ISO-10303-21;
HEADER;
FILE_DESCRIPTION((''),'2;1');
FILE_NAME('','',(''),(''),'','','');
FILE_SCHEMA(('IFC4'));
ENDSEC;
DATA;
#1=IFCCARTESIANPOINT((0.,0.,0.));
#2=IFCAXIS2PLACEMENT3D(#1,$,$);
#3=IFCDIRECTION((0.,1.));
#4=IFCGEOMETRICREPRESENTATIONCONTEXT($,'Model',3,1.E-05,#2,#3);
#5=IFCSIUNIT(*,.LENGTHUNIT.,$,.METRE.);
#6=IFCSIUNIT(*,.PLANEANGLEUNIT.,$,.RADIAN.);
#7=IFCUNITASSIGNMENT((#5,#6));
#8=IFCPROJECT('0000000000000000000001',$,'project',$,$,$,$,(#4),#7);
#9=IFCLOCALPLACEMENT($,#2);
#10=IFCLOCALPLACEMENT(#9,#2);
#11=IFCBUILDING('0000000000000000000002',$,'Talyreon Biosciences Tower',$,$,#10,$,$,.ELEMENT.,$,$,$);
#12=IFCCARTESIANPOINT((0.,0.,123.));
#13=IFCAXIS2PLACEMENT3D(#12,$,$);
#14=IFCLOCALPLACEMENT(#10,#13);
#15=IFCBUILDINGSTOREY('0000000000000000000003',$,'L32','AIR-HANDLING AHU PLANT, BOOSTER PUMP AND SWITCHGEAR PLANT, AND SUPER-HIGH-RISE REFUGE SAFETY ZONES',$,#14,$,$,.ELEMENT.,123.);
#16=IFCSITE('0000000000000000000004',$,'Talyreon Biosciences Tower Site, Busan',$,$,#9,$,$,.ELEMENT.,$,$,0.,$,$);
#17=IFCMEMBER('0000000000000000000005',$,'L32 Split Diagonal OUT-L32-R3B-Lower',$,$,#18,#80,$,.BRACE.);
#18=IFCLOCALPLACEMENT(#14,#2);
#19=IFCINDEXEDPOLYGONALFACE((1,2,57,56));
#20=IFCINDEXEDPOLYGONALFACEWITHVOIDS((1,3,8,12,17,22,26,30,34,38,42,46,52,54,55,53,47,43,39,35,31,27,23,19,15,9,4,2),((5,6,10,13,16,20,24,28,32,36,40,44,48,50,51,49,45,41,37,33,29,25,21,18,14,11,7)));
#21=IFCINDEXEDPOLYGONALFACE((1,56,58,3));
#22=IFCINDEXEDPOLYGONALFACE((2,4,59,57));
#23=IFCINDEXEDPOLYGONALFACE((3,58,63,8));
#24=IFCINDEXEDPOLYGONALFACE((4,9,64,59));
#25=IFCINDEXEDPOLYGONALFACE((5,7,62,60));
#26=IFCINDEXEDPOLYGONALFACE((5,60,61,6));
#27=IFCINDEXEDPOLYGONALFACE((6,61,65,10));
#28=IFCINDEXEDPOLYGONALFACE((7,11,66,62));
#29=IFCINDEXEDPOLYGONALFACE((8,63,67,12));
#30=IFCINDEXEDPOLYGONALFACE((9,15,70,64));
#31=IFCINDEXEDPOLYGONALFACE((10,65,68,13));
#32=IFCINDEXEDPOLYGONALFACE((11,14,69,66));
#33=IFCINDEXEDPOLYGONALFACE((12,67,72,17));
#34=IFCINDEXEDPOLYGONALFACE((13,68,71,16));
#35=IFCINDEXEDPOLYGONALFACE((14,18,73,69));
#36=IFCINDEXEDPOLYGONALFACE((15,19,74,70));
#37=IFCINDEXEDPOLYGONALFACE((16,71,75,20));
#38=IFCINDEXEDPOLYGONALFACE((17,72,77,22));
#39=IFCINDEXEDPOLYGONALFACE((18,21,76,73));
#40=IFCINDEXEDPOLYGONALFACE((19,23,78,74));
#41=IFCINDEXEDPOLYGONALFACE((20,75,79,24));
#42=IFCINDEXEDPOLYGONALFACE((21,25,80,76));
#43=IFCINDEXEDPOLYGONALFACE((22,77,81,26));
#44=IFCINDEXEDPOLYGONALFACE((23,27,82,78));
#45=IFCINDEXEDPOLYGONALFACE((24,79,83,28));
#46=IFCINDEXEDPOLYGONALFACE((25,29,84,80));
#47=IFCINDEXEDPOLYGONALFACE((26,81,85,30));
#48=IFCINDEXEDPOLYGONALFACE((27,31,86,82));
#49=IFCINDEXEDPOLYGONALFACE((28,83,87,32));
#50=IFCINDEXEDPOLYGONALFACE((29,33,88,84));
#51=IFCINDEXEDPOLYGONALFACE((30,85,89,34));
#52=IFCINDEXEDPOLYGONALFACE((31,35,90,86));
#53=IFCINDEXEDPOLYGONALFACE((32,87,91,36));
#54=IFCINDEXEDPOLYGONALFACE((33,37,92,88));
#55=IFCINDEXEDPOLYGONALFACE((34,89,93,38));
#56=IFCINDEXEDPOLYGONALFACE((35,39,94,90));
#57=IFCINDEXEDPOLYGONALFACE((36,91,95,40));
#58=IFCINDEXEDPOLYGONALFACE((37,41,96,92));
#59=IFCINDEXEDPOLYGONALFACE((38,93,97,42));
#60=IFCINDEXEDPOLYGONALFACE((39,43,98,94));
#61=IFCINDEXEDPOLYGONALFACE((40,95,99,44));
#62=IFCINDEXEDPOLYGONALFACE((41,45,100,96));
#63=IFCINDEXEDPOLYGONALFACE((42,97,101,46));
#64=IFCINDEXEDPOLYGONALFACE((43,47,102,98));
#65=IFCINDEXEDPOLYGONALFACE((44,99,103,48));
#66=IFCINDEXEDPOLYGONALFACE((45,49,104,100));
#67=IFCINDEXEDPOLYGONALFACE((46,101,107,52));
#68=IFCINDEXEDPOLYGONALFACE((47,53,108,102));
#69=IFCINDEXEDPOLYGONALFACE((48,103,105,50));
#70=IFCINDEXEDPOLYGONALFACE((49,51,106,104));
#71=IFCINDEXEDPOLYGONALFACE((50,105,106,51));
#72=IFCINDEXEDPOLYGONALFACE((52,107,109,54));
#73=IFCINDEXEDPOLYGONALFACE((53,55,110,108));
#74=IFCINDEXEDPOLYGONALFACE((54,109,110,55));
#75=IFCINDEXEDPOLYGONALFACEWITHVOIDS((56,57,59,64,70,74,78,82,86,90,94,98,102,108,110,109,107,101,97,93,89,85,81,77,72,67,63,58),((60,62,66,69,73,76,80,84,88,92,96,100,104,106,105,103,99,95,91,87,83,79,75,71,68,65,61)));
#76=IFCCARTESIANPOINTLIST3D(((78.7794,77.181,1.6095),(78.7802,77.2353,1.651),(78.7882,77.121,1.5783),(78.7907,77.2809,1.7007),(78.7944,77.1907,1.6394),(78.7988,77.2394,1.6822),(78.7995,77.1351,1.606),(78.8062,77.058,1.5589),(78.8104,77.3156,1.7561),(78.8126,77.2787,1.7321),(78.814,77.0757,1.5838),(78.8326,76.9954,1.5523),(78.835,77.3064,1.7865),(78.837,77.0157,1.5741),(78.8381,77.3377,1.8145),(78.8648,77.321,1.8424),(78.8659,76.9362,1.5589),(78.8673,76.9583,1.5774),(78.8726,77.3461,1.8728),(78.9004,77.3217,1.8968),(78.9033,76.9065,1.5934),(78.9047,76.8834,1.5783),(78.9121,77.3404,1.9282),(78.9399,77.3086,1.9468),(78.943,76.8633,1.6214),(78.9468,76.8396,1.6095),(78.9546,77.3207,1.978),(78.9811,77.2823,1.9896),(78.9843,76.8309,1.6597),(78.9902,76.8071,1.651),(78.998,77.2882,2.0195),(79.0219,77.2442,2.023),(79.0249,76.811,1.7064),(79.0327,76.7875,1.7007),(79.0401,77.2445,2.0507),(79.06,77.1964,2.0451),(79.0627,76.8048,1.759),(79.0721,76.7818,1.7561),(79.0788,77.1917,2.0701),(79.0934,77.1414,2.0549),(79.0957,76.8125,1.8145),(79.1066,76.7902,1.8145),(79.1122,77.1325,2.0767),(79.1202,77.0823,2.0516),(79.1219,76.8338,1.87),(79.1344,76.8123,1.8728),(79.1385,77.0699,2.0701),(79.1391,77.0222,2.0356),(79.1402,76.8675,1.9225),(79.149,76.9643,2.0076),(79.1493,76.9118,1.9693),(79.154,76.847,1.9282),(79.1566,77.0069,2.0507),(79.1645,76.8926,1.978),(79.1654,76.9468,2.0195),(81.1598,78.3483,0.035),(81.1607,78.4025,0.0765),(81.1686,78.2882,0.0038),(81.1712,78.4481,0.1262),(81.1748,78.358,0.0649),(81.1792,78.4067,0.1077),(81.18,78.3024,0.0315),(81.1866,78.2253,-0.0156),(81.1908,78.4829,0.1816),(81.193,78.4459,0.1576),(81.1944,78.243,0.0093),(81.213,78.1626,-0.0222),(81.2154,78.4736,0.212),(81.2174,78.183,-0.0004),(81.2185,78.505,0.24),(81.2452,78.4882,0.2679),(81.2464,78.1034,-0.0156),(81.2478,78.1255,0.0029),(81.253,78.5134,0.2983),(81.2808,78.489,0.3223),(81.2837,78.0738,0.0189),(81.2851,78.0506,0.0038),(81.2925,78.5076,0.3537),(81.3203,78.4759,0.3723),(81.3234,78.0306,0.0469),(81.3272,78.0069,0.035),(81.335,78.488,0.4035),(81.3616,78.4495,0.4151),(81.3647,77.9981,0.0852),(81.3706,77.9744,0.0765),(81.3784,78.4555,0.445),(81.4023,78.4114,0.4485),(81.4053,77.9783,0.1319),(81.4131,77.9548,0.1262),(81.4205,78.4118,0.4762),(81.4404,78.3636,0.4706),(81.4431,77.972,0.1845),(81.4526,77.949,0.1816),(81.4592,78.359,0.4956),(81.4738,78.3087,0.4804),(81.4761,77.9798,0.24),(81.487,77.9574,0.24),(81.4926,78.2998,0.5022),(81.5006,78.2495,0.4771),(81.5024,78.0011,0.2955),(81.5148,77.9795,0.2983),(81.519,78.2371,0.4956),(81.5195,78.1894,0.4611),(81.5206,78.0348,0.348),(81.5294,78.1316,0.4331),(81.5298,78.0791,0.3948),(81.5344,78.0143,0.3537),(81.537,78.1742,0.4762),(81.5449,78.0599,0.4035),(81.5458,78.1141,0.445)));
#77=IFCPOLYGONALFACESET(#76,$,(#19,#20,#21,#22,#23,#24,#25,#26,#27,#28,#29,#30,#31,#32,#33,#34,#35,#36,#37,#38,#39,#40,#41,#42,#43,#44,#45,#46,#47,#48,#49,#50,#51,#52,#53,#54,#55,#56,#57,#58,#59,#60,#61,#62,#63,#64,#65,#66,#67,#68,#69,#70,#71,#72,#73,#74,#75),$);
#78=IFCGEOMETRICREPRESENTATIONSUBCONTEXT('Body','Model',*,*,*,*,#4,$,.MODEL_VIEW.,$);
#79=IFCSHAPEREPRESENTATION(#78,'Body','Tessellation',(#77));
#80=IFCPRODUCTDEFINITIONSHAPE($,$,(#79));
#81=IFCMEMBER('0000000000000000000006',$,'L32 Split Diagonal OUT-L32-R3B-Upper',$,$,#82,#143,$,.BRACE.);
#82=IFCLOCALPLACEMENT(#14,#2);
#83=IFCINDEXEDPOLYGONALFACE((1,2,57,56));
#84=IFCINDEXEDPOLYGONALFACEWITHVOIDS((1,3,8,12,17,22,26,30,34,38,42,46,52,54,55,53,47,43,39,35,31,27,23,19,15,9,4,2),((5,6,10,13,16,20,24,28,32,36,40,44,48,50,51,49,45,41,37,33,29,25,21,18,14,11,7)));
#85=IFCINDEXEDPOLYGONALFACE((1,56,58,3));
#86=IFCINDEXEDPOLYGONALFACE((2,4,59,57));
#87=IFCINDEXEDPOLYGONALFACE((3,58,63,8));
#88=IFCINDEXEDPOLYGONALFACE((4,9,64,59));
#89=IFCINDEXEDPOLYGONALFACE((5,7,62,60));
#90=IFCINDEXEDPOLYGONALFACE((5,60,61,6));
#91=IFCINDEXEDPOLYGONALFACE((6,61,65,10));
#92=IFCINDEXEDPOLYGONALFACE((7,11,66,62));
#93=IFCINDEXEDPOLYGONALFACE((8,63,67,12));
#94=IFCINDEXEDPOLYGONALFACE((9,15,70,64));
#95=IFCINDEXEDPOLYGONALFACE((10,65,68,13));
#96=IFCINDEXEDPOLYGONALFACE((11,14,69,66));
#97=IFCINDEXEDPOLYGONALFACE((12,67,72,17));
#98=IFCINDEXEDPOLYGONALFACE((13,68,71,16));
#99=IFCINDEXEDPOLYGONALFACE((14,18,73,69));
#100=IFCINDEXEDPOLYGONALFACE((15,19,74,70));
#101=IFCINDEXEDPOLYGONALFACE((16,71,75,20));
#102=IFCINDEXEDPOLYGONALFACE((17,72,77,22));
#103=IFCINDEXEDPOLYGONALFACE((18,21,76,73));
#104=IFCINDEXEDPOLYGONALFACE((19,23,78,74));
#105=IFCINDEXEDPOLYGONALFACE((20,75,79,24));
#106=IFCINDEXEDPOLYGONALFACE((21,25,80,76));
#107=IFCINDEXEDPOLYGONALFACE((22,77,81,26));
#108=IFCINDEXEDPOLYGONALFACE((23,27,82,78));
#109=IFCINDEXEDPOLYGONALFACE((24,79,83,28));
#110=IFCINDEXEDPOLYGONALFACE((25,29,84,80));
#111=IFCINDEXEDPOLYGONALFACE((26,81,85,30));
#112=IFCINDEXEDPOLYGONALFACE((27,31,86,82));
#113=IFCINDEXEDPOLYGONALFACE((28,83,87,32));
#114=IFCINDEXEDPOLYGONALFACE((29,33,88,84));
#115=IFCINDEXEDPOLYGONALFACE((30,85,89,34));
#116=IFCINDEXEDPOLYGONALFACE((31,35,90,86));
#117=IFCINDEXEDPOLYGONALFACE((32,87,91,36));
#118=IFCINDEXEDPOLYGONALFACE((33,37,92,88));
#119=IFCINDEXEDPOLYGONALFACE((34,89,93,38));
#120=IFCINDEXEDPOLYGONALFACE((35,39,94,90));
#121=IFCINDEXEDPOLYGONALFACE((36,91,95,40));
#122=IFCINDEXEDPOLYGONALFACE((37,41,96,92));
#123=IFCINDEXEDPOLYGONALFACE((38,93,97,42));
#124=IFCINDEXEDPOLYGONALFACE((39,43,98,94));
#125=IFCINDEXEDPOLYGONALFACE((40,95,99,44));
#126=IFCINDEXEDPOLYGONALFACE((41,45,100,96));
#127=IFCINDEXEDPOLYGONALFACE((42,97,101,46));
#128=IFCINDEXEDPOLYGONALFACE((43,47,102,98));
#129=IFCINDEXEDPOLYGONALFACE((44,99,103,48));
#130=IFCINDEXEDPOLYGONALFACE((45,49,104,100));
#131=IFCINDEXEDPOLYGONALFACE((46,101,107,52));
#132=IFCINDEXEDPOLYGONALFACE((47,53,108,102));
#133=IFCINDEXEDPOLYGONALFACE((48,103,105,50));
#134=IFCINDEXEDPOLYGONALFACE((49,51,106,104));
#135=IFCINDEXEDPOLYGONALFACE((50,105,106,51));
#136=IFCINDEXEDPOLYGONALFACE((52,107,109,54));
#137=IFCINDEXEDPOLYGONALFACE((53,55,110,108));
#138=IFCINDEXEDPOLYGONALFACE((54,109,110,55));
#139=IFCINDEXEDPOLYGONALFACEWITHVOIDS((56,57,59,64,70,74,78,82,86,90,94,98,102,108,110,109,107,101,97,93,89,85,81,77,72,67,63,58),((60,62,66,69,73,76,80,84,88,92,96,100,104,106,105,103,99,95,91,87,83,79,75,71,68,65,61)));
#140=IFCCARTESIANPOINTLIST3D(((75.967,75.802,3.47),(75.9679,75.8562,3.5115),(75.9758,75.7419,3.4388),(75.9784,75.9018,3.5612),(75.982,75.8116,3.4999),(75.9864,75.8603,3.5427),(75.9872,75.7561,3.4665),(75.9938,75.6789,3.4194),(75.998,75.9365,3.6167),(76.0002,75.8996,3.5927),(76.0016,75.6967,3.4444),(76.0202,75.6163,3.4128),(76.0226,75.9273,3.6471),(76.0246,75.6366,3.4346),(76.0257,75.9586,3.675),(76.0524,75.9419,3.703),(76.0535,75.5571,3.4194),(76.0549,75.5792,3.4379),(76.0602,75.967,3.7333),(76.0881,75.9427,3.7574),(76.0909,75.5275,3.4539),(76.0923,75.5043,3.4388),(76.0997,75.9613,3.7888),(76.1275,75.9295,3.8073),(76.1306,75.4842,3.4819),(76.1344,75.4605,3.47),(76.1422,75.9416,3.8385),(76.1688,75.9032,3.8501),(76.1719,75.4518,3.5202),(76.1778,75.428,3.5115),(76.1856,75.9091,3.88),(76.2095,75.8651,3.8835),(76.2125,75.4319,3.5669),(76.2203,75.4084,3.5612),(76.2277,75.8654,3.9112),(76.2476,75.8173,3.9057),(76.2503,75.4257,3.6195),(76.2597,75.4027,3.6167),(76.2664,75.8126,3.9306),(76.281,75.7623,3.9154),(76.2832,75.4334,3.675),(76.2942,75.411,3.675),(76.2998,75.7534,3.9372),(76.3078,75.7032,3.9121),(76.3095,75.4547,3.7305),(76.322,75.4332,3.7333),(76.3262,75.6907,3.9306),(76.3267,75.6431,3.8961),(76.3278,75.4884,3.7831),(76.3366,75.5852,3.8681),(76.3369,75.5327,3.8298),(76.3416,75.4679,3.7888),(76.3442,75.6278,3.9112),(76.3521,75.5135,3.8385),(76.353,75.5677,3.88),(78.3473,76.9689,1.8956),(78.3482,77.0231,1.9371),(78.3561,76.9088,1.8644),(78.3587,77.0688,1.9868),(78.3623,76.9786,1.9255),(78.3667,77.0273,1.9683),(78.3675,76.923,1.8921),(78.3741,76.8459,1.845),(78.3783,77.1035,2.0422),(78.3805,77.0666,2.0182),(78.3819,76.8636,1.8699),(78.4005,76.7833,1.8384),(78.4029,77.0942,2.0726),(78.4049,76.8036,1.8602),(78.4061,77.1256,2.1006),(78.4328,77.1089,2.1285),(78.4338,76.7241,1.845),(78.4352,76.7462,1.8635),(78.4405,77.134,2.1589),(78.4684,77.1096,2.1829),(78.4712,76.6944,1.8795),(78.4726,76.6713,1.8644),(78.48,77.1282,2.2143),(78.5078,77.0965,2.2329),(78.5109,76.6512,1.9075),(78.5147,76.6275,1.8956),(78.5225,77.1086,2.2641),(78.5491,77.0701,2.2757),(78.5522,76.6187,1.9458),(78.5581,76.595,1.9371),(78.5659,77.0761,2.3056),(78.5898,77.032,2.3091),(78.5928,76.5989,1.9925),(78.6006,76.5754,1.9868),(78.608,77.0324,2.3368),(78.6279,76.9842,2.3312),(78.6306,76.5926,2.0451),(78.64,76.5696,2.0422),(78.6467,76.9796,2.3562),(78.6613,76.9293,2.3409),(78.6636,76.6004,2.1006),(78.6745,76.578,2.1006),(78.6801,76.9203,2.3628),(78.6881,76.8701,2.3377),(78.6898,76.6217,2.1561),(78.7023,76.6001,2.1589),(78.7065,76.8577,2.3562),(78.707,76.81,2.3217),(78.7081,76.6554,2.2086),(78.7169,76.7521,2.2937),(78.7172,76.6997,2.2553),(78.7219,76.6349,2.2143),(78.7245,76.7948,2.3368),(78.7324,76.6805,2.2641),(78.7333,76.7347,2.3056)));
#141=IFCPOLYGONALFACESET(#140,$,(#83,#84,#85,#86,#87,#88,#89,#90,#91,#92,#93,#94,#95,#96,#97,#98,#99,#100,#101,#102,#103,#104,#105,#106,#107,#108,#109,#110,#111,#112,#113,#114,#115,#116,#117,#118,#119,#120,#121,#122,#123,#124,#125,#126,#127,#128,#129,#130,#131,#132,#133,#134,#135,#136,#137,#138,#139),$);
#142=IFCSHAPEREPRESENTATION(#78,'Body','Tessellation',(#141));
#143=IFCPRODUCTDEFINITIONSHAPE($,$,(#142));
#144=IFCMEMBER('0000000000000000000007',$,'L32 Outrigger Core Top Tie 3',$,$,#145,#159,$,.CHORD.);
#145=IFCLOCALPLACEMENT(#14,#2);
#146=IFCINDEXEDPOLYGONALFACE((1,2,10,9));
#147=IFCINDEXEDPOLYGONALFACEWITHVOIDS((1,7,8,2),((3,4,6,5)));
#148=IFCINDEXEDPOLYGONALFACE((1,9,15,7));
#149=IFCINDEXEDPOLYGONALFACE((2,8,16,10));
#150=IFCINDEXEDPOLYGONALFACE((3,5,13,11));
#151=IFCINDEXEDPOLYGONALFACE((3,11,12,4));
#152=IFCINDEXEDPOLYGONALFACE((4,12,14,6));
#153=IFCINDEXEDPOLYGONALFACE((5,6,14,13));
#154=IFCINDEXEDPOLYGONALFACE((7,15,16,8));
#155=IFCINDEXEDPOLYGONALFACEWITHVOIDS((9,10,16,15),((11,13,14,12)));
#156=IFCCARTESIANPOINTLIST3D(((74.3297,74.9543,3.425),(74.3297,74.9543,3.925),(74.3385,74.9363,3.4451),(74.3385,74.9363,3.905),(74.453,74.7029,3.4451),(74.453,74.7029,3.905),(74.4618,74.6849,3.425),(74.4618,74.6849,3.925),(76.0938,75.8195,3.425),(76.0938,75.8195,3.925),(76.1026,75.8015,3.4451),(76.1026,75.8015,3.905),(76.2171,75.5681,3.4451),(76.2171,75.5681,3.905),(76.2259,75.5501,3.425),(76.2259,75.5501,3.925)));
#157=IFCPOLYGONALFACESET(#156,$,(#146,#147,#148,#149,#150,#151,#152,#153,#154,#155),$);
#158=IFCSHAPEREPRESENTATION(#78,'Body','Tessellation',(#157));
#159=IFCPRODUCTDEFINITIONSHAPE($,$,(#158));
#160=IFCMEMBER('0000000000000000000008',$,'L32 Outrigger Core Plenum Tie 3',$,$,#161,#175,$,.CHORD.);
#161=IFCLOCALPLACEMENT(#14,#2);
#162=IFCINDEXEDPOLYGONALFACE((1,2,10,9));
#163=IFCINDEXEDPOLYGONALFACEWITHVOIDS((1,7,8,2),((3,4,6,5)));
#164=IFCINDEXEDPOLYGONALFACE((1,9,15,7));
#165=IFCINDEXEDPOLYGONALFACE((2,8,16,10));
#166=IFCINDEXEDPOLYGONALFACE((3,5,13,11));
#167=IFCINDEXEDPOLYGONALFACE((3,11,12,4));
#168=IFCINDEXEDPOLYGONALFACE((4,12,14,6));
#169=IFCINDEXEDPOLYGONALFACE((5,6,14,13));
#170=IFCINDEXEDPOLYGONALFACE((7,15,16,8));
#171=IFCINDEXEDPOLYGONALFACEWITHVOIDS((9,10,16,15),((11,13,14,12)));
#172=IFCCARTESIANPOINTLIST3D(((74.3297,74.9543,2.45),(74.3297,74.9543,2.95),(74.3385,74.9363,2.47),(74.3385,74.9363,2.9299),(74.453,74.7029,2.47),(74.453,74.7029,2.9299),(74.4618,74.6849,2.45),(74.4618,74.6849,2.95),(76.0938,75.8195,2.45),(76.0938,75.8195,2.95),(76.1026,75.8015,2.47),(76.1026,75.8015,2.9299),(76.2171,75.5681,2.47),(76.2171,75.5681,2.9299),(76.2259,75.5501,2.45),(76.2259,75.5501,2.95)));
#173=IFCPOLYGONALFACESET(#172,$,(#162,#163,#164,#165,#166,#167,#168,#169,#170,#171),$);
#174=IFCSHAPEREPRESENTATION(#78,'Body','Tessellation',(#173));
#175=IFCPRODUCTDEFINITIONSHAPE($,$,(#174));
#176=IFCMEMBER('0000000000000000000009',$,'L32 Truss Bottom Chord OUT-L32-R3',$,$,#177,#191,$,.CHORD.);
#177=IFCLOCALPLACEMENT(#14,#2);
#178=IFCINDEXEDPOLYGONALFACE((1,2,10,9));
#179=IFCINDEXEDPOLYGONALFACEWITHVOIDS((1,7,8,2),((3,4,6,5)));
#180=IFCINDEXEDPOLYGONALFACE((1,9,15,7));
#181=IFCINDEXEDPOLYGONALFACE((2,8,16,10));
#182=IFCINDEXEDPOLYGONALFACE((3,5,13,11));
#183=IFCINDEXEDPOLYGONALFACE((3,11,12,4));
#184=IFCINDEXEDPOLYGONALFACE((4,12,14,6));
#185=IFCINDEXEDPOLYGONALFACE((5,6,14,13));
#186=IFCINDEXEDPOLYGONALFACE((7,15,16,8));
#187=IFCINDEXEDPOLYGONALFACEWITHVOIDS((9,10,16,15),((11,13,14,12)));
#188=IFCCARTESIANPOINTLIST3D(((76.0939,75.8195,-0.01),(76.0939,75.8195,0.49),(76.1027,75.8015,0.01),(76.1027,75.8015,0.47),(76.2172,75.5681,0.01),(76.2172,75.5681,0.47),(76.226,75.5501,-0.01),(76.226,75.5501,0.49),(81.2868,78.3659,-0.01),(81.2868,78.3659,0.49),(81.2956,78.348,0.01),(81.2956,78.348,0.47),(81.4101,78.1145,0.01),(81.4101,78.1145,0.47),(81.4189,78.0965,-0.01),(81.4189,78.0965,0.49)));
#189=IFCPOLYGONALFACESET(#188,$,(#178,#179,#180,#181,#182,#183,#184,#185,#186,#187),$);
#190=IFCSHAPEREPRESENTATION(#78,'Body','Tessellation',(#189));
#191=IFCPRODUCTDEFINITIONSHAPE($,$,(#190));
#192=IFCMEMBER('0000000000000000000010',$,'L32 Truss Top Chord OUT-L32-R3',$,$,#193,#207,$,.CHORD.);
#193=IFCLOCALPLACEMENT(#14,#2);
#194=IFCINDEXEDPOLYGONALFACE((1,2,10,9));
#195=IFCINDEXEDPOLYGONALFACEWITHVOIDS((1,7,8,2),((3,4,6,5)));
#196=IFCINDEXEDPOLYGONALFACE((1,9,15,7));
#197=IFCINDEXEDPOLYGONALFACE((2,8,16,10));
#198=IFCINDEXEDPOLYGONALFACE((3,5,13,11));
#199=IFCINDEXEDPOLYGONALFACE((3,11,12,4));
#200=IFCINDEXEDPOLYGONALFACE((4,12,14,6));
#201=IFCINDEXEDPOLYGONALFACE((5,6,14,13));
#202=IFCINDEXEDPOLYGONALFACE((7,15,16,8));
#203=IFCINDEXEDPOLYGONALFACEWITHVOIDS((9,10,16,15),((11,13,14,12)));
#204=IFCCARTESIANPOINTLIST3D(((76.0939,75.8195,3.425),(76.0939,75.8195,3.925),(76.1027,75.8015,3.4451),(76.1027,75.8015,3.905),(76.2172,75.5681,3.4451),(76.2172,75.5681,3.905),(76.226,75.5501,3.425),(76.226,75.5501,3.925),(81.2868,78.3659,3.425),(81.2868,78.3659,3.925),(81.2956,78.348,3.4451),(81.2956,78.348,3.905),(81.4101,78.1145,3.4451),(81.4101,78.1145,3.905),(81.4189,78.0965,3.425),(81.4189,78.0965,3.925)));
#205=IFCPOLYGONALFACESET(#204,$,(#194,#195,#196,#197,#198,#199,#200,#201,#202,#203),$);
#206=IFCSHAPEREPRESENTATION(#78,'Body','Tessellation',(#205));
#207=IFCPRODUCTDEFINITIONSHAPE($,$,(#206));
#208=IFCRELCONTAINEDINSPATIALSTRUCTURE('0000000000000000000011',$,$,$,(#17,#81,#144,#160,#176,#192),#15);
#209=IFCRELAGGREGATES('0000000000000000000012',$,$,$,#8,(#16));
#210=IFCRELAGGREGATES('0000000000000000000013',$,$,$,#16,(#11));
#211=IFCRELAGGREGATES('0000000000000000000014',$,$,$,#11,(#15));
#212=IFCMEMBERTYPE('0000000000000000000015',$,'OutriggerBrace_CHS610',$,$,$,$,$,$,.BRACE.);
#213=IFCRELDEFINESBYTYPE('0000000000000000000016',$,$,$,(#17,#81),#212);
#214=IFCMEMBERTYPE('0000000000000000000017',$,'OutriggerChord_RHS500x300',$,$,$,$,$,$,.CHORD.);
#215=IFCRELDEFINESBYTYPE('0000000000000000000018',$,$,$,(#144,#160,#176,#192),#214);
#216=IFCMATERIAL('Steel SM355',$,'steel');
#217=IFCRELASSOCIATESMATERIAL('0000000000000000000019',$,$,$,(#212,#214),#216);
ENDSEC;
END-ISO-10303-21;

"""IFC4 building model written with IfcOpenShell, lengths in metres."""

from ifc_helpers import new_model, si_unit, direction, frame, origin, origin_2d, place, context, subcontext, project, spatial, hollow_rectangle, hollow_circle, extrude, material, material_profile, profile_set, type_object, element, save


model = new_model("IFC4")

# Units and contexts
model_context = context("Model", 3, precision=1e-05, world=origin(), true_north=direction((0.0, 1.0)))
body_context = subcontext(model_context, "Body", "Model", "MODEL_VIEW")
ifc_project = project(units=[si_unit("LENGTHUNIT", "METRE"), si_unit("PLANEANGLEUNIT", "RADIAN")], contexts=[model_context])

# Site, building, storey
site_placement = place(None, origin())
site = spatial("IfcSite", under=ifc_project, at=site_placement, Name="Talyreon Biosciences Tower Site, Busan", CompositionType="ELEMENT", RefElevation=0.0)
building_placement = place(site_placement, origin())
building = spatial("IfcBuilding", under=site, at=building_placement, Name="Talyreon Biosciences Tower", CompositionType="ELEMENT")
storey_placement = place(building_placement, frame((0.0, 0.0, 123.0)))
storey = spatial("IfcBuildingStorey", under=building, at=storey_placement, Name="L32", Description="AIR-HANDLING AHU PLANT, BOOSTER PUMP AND SWITCHGEAR PLANT, AND SUPER-HIGH-RISE REFUGE SAFETY ZONES", CompositionType="ELEMENT", Elevation=123.0)

# Shared definitions
ifc_material_1 = material(Name="Steel SM355", Category="steel")

# Members
ifc_material_profile_1 = material_profile(ifc_material_1, hollow_circle(Radius=0.3049, WallThickness=0.0249, at=origin_2d()), Name="CHS 610x25")
ifc_profile_set_1 = profile_set([ifc_material_profile_1], Name="Steel SM355")
member_type_1 = type_object("IfcMemberType", Name="OutriggerBrace_CHS610", PredefinedType="BRACE", material=ifc_profile_set_1)
member_1_placement = place(storey_placement, frame((81.3528, 78.2312, 0.24), z_axis=(-0.771988, -0.378551, 0.510621), x_axis=(0.440275, -0.897863, 0.0)))
element("IfcMember", 1, at=member_1_placement, inside=storey, type_object=member_type_1, Name="L32 Split Diagonal OUT-L32-R3B-Lower", PredefinedType="BRACE", context=body_context, shape_type="SweptSolid", body=[
    extrude(hollow_circle(Radius=0.3049, WallThickness=0.0249, at=origin_2d()), origin(), (0.0, 0.0, 1.0), 3.0835),
])
member_2_placement = place(storey_placement, frame((78.5403, 76.8518, 2.1006), z_axis=(-0.772011, -0.378483, 0.510636), x_axis=(0.440201, -0.897899, 0.0)))
element("IfcMember", 2, at=member_2_placement, inside=storey, type_object=member_type_1, Name="L32 Split Diagonal OUT-L32-R3B-Upper", PredefinedType="BRACE", context=body_context, shape_type="SweptSolid", body=[
    extrude(hollow_circle(Radius=0.3049, WallThickness=0.0249, at=origin_2d()), origin(), (0.0, 0.0, 1.0), 3.0833),
])
ifc_material_profile_2 = material_profile(ifc_material_1, hollow_rectangle(XDim=0.3, YDim=0.5, WallThickness=0.02, at=origin_2d()), Name="RHS 500x300x20")
ifc_profile_set_2 = profile_set([ifc_material_profile_2], Name="Steel SM355")
member_type_2 = type_object("IfcMemberType", Name="OutriggerChord_RHS500x300", PredefinedType="CHORD", material=ifc_profile_set_2)
for number, where, z_axis, x_axis, name in (
    (3, (74.3958, 74.8196, 3.675), (0.89783, 0.440342, 0.0), (-0.440342, 0.89783, 0.0), "L32 Outrigger Core Top Tie 3"),
    (4, (74.3958, 74.8196, 2.7), (0.89783, 0.440342, 0.0), (-0.440342, 0.89783, 0.0), "L32 Outrigger Core Plenum Tie 3"),
):
    element("IfcMember", number, at=place(storey_placement, frame(where, z_axis=z_axis, x_axis=x_axis)), inside=storey, type_object=member_type_2, Name=name, PredefinedType="CHORD", context=body_context, shape_type="SweptSolid", body=[
        extrude(hollow_rectangle(XDim=0.3, YDim=0.5, WallThickness=0.02, at=origin_2d()), origin(), (0.0, 0.0, 1.0), 1.9648),
    ])
for number, where, z_axis, x_axis, name in (
    (5, (76.1599, 75.6848, 0.24), (0.897862, 0.440277, 0.0), (-0.440277, 0.897862, 0.0), "L32 Truss Bottom Chord OUT-L32-R3"),
    (6, (76.1599, 75.6848, 3.675), (0.897862, 0.440277, 0.0), (-0.440277, 0.897862, 0.0), "L32 Truss Top Chord OUT-L32-R3"),
):
    element("IfcMember", number, at=place(storey_placement, frame(where, z_axis=z_axis, x_axis=x_axis)), inside=storey, type_object=member_type_2, Name=name, PredefinedType="CHORD", context=body_context, shape_type="SweptSolid", body=[
        extrude(hollow_rectangle(XDim=0.3, YDim=0.5, WallThickness=0.02, at=origin_2d()), origin(), (0.0, 0.0, 1.0), 5.7837),
    ])

save(model, "model.ifc")
